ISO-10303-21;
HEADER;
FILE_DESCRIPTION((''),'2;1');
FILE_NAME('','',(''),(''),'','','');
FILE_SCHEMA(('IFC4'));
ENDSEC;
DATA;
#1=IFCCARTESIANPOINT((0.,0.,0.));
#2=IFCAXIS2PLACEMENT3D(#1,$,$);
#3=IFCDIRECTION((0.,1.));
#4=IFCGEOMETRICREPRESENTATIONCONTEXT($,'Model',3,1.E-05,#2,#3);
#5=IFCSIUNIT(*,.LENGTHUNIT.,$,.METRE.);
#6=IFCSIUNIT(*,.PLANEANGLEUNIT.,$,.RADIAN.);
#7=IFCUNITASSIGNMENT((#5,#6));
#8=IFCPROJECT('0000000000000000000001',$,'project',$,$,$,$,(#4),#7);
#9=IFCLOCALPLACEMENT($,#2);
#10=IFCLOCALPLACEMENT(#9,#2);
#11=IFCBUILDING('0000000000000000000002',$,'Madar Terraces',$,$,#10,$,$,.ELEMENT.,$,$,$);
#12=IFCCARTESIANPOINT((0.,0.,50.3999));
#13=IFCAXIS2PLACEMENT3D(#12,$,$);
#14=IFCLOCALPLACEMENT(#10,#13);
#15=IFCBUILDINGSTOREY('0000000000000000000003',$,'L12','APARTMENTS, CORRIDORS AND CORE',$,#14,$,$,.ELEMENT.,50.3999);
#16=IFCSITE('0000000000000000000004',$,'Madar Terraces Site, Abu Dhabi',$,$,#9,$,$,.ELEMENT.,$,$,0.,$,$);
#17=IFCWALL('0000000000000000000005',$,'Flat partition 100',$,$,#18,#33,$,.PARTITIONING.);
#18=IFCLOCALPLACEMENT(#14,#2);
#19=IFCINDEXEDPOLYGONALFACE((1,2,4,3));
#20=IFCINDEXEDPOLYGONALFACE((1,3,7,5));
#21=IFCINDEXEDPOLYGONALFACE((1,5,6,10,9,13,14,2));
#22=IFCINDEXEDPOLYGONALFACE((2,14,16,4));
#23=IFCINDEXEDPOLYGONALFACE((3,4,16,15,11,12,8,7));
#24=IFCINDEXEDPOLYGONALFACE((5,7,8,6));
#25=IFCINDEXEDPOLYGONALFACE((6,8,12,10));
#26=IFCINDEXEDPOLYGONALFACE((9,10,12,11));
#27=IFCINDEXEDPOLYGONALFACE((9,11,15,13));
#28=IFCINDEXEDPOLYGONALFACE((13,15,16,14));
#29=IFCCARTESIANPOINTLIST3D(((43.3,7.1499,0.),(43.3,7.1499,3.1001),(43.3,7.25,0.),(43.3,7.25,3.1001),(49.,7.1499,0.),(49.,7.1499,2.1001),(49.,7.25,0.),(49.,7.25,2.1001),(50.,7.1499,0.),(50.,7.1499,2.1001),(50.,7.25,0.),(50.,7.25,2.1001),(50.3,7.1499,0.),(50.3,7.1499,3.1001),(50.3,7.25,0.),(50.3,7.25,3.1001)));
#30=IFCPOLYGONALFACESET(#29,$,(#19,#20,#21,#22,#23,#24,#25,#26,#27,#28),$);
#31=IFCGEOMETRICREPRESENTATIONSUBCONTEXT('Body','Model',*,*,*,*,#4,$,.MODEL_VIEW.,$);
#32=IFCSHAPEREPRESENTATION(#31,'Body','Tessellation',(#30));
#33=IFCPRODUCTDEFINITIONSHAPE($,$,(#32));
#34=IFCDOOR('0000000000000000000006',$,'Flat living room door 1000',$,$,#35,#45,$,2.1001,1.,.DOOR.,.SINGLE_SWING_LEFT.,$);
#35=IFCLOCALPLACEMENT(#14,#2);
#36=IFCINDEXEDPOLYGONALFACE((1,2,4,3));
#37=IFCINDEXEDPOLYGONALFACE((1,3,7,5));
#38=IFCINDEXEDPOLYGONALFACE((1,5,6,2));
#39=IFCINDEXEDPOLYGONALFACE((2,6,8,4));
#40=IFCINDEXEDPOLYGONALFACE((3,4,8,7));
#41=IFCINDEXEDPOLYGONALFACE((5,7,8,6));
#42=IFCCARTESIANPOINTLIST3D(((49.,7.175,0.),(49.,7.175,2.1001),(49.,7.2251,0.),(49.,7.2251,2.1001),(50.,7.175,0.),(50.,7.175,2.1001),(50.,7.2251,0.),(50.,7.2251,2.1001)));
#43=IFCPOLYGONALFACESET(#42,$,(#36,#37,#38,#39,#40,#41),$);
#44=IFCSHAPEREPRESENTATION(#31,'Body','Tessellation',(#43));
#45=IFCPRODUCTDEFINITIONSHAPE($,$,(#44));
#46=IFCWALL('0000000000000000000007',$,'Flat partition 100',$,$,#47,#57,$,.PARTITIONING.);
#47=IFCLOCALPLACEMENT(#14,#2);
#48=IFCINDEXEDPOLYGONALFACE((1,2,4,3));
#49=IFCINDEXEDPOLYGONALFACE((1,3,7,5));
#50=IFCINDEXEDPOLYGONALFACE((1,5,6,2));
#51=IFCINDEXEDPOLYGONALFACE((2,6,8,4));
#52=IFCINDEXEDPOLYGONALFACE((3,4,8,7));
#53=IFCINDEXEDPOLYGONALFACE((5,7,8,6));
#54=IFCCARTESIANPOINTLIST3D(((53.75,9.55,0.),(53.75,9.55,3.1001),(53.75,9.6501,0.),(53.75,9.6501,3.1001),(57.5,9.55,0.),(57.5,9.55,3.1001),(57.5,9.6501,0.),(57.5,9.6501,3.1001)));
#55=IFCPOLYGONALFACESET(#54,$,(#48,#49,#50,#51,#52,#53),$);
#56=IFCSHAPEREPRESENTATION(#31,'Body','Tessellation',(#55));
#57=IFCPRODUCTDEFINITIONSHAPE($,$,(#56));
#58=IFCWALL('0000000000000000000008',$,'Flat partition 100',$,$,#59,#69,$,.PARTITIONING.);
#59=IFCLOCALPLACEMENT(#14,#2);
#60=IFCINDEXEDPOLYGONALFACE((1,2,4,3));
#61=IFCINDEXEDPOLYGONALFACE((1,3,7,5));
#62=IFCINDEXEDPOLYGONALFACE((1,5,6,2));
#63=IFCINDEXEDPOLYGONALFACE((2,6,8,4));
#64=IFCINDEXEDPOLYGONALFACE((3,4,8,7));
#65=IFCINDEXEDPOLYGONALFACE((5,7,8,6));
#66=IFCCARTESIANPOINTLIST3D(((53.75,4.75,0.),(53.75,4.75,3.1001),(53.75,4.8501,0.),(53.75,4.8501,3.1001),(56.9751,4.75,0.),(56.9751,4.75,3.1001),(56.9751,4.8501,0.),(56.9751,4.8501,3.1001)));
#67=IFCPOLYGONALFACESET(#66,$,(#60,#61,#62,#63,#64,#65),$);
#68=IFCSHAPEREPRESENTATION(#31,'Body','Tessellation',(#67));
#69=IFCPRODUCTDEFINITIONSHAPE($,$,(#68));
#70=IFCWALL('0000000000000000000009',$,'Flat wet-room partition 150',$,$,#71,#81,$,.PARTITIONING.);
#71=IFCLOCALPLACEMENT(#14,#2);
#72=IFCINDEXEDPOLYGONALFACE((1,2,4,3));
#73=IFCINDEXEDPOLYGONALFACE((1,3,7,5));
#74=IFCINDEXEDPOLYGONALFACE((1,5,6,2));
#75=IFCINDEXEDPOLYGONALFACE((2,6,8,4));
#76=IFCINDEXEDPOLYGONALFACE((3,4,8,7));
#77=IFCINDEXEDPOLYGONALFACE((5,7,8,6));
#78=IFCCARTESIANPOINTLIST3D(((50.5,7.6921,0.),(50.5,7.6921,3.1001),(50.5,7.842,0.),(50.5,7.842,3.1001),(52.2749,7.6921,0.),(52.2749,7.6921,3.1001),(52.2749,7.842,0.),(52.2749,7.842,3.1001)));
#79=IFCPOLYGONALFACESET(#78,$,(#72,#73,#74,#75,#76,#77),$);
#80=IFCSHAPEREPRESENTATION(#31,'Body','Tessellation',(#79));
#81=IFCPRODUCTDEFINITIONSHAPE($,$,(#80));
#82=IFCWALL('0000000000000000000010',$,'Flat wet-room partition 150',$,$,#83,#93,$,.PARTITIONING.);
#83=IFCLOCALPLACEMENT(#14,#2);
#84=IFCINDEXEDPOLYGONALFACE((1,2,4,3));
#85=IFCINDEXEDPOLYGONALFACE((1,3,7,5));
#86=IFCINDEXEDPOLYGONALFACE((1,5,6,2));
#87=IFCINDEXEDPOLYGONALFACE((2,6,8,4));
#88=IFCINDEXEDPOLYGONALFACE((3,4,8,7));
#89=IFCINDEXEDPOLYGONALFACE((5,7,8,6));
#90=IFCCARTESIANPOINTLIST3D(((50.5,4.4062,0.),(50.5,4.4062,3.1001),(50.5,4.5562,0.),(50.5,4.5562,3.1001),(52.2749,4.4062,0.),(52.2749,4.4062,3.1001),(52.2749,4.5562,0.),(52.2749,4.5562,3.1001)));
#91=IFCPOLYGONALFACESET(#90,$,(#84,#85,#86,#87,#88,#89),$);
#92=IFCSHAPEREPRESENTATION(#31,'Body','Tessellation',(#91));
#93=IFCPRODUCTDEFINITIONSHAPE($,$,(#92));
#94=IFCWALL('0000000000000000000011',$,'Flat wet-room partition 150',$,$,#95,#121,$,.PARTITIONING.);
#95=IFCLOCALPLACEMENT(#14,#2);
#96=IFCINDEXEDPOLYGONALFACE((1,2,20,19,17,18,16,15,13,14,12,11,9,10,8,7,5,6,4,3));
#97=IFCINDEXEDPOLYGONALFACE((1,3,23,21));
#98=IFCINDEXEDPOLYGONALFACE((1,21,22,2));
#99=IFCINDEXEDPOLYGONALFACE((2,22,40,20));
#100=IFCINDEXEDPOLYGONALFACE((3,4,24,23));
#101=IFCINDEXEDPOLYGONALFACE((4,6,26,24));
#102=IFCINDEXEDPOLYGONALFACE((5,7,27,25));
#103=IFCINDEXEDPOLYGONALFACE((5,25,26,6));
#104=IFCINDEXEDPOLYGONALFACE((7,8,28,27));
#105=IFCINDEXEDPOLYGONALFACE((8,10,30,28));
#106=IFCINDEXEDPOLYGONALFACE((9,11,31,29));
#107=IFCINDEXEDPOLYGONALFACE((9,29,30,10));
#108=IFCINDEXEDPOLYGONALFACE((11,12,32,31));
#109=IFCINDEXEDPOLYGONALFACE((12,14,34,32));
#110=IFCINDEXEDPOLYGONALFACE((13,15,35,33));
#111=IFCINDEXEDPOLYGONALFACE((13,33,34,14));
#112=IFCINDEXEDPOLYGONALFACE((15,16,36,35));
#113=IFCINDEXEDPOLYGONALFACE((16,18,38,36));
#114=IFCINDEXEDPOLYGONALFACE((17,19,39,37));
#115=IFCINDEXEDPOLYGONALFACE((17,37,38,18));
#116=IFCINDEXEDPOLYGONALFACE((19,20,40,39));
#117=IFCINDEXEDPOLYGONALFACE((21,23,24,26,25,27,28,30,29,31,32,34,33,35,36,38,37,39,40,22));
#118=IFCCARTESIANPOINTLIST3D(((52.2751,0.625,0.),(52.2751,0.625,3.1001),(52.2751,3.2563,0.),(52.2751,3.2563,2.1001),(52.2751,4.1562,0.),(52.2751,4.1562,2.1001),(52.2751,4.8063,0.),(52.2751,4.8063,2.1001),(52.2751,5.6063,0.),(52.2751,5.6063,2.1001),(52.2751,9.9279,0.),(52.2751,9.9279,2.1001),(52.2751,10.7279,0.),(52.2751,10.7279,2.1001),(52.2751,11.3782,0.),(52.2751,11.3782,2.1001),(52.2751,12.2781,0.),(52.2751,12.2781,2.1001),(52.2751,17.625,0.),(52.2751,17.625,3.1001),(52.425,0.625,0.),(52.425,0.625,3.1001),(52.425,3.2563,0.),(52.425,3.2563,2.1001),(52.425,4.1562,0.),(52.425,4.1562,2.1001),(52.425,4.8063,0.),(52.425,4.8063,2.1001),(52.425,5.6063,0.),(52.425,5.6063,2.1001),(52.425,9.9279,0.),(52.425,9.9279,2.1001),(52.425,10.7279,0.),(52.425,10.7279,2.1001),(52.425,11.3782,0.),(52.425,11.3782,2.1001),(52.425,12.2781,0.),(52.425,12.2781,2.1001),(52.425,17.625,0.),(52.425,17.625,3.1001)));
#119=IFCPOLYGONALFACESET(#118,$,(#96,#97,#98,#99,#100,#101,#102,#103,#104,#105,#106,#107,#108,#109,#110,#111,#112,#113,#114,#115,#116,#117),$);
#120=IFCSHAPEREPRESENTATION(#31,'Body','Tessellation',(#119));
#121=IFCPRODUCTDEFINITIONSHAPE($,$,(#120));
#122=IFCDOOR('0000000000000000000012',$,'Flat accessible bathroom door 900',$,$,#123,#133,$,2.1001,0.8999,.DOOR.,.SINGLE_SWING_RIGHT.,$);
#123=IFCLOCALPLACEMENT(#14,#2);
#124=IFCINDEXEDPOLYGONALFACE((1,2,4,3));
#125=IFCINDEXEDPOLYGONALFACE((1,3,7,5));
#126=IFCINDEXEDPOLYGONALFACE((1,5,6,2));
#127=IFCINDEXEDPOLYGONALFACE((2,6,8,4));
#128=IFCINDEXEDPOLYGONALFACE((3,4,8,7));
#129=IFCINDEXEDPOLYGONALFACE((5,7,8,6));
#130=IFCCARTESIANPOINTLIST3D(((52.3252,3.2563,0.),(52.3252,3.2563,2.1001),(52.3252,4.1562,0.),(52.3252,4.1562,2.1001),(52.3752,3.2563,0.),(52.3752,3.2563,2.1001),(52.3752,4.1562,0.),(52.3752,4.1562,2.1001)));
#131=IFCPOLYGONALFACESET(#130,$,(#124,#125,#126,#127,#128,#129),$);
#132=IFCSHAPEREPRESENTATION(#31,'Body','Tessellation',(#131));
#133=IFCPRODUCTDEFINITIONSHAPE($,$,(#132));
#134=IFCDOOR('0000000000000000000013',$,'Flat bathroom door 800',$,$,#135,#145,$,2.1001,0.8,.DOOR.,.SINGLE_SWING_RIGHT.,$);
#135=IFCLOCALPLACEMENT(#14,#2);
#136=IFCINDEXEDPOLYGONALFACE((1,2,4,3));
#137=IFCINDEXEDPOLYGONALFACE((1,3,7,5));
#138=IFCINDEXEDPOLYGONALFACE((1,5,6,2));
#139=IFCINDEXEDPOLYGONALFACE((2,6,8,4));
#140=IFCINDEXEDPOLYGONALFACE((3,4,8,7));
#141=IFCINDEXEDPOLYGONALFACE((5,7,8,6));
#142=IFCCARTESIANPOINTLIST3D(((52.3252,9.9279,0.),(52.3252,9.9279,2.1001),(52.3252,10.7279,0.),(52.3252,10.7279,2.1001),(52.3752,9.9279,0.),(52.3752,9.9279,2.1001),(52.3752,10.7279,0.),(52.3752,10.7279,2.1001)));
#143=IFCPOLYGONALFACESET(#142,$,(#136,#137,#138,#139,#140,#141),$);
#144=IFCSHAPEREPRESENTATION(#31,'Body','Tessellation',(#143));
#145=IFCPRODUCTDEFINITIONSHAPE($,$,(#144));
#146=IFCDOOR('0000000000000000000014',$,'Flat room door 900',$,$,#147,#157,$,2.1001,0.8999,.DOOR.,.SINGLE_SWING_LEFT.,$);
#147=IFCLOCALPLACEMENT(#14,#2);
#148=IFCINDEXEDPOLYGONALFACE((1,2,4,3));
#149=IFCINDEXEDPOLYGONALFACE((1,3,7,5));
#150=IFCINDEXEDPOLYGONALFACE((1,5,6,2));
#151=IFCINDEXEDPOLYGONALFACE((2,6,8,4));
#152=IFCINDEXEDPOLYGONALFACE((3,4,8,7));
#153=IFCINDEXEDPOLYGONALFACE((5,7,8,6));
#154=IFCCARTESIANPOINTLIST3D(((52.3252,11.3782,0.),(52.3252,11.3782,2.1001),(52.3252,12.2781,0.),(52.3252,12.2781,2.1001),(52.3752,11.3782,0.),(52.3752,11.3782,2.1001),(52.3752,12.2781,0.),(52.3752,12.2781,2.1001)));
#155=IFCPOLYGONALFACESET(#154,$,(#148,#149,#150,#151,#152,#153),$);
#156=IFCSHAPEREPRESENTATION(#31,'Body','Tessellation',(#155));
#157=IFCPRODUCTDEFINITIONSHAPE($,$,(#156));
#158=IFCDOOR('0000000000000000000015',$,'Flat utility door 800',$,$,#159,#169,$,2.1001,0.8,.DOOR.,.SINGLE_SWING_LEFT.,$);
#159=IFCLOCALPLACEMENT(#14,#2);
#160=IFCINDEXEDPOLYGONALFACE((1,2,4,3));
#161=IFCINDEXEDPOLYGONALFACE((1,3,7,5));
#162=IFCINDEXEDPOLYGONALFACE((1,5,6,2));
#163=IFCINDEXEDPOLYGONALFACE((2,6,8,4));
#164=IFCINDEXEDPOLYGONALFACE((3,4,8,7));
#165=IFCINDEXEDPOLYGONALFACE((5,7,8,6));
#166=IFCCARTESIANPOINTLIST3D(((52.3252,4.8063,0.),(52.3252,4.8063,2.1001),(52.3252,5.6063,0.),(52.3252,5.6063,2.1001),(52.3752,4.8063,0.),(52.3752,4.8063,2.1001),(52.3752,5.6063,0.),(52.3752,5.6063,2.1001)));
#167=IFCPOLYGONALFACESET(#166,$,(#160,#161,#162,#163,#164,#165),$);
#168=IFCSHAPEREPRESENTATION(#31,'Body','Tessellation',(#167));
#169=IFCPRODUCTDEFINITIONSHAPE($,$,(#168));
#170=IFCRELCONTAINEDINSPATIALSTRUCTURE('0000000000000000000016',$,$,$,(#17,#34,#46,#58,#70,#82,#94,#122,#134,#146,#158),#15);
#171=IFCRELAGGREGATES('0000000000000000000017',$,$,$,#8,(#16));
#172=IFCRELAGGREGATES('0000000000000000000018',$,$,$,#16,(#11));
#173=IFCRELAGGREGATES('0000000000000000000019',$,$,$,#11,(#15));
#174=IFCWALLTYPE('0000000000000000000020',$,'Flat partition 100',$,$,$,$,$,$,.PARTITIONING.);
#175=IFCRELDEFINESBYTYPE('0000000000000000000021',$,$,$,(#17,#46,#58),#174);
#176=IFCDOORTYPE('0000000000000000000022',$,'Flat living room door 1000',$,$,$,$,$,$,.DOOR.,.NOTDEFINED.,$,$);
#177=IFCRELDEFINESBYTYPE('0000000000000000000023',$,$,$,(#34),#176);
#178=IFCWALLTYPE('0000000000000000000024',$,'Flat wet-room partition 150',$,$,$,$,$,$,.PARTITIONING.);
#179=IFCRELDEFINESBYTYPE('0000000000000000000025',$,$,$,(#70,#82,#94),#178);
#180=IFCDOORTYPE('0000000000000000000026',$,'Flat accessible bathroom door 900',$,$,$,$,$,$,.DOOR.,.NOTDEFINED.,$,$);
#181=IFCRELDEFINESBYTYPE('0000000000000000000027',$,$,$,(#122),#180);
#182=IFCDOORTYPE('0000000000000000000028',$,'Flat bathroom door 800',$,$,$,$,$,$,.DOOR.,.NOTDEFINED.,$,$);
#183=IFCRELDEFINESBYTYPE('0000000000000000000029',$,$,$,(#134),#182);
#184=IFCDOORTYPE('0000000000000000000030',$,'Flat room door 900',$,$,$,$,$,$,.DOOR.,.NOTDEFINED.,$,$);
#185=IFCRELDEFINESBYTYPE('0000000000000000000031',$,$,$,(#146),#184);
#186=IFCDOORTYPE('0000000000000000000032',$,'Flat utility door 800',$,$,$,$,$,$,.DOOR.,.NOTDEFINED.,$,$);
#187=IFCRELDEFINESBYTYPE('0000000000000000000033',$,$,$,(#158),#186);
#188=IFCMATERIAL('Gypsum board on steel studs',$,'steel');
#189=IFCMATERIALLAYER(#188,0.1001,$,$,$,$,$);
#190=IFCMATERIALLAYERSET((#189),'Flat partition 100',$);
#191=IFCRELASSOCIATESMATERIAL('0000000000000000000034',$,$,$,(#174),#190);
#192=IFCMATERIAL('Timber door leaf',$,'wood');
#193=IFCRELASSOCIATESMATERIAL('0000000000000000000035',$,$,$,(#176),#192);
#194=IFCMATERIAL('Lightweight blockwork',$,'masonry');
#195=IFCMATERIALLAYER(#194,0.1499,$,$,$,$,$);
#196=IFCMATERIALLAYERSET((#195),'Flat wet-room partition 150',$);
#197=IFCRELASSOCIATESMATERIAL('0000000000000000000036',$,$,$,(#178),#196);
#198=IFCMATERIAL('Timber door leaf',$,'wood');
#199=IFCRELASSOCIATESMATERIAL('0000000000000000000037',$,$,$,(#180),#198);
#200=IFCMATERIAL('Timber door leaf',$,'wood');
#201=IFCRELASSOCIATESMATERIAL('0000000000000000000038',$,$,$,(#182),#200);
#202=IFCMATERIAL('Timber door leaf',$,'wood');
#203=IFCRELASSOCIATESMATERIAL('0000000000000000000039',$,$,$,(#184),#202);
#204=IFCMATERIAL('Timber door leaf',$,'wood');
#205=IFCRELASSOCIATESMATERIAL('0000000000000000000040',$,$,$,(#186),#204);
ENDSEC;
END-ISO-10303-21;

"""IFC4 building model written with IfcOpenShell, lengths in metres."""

from ifc_helpers import new_model, si_unit, direction, frame, frame_2d, origin, place, context, subcontext, project, spatial, rectangle, extrude, material, layer, layer_set, type_object, element, fill, save


model = new_model("IFC4")

# Units and contexts
model_context = context("Model", 3, precision=1e-05, world=origin(), true_north=direction((0.0, 1.0)))
body_context = subcontext(model_context, "Body", "Model", "MODEL_VIEW")
ifc_project = project(units=[si_unit("LENGTHUNIT", "METRE"), si_unit("PLANEANGLEUNIT", "RADIAN")], contexts=[model_context])

# Site, building, storey
site_placement = place(None, origin())
site = spatial("IfcSite", under=ifc_project, at=site_placement, Name="Madar Terraces Site, Abu Dhabi", CompositionType="ELEMENT", RefElevation=0.0)
building_placement = place(site_placement, origin())
building = spatial("IfcBuilding", under=site, at=building_placement, Name="Madar Terraces", CompositionType="ELEMENT")
storey_placement = place(building_placement, frame((0.0, 0.0, 50.3999)))
storey = spatial("IfcBuildingStorey", under=building, at=storey_placement, Name="L12", Description="APARTMENTS, CORRIDORS AND CORE", CompositionType="ELEMENT", Elevation=50.3999)

# Wall, opening, door
ifc_material_1 = material(Name="Gypsum board on steel studs", Category="steel")
ifc_layer_1 = layer(ifc_material_1, 0.1001)
ifc_layer_set_1 = layer_set([ifc_layer_1], Name="Flat partition 100")
wall_type_1 = type_object("IfcWallType", Name="Flat partition 100", PredefinedType="PARTITIONING", material=ifc_layer_set_1)
wall_1_placement = place(storey_placement, frame((50.3, 7.2, 0.0), z_axis=(0.0, 0.0, 1.0), x_axis=(-1.0, 0.0, 0.0)))
wall_1 = element("IfcWall", 1, at=wall_1_placement, inside=storey, type_object=wall_type_1, Name="Flat partition 100", PredefinedType="PARTITIONING", context=body_context, shape_type="SweptSolid", body=[
    extrude(rectangle(XDim=7.0, YDim=0.1001, at=frame_2d((3.5, 0.0))), origin(), (0.0, 0.0, 1.0), 3.1001),
])
opening_1_placement = place(wall_1_placement, frame((0.3, 0.0, 0.0)))
opening_1 = element("IfcOpeningElement", 2, at=opening_1_placement, cuts=wall_1, PredefinedType="OPENING", context=body_context, shape_type="SweptSolid", body=[
    extrude(rectangle(XDim=1.0, YDim=2.1001, at=frame_2d((0.5, 1.05))), frame((0.0, 0.0601, 0.0), z_axis=(0.0, -1.0, 0.0), x_axis=(1.0, 0.0, 0.0)), (0.0, 0.0, 1.0), 0.1201),
])
ifc_material_2 = material(Name="Timber door leaf", Category="wood")
door_type_1 = type_object("IfcDoorType", Name="Flat living room door 1000", OperationType="NOTDEFINED", PredefinedType="DOOR", material=ifc_material_2)
door_1_placement = place(opening_1_placement, origin())
door_1 = element("IfcDoor", 3, at=door_1_placement, inside=storey, type_object=door_type_1, Name="Flat living room door 1000", OperationType="SINGLE_SWING_LEFT", OverallHeight=2.1001, OverallWidth=1.0, PredefinedType="DOOR", context=body_context, shape_type="SweptSolid", body=[
    extrude(rectangle(XDim=1.0, YDim=2.1001, at=frame_2d((0.5, 1.05))), frame((0.0, 0.0249, 0.0), z_axis=(0.0, -1.0, 0.0), x_axis=(1.0, 0.0, 0.0)), (0.0, 0.0, 1.0), 0.05),
])
fill(opening_1, door_1)

# Walls
wall_2_placement = place(storey_placement, frame((53.75, 9.6001, 0.0), z_axis=(0.0, 0.0, 1.0), x_axis=(1.0, 0.0, 0.0)))
element("IfcWall", 4, at=wall_2_placement, inside=storey, type_object=wall_type_1, Name="Flat partition 100", PredefinedType="PARTITIONING", context=body_context, shape_type="SweptSolid", body=[
    extrude(rectangle(XDim=3.75, YDim=0.1001, at=frame_2d((1.875, 0.0))), origin(), (0.0, 0.0, 1.0), 3.1001),
])
wall_3_placement = place(storey_placement, frame((53.75, 4.8, 0.0), z_axis=(0.0, 0.0, 1.0), x_axis=(1.0, 0.0, 0.0)))
element("IfcWall", 5, at=wall_3_placement, inside=storey, type_object=wall_type_1, Name="Flat partition 100", PredefinedType="PARTITIONING", context=body_context, shape_type="SweptSolid", body=[
    extrude(rectangle(XDim=3.2251, YDim=0.1001, at=frame_2d((1.6125, 0.0))), origin(), (0.0, 0.0, 1.0), 3.1001),
])
ifc_material_3 = material(Name="Lightweight blockwork", Category="masonry")
ifc_layer_2 = layer(ifc_material_3, 0.1499)
ifc_layer_set_2 = layer_set([ifc_layer_2], Name="Flat wet-room partition 150")
wall_type_2 = type_object("IfcWallType", Name="Flat wet-room partition 150", PredefinedType="PARTITIONING", material=ifc_layer_set_2)
for number, where, z_axis, x_axis, name in (
    (6, (50.5, 7.7671, 0.0), (0.0, 0.0, 1.0), (1.0, 0.0, 0.0), "Flat wet-room partition 150"),
    (7, (50.5, 4.4812, 0.0), (0.0, 0.0, 1.0), (1.0, 0.0, 0.0), "Flat wet-room partition 150"),
):
    element("IfcWall", number, at=place(storey_placement, frame(where, z_axis=z_axis, x_axis=x_axis)), inside=storey, type_object=wall_type_2, Name=name, PredefinedType="PARTITIONING", context=body_context, shape_type="SweptSolid", body=[
        extrude(rectangle(XDim=1.7749, YDim=0.1499, at=frame_2d((0.8875, 0.0))), origin(), (0.0, 0.0, 1.0), 3.1001),
    ])

# Wall, openings, doors
wall_4_placement = place(storey_placement, frame((52.3501, 0.625, 0.0), z_axis=(0.0, 0.0, 1.0), x_axis=(0.0, 1.0, 0.0)))
wall_4 = element("IfcWall", 8, at=wall_4_placement, inside=storey, type_object=wall_type_2, Name="Flat wet-room partition 150", PredefinedType="PARTITIONING", context=body_context, shape_type="SweptSolid", body=[
    extrude(rectangle(XDim=17.0, YDim=0.1499, at=frame_2d((8.5, 0.0))), origin(), (0.0, 0.0, 1.0), 3.1001),
])
opening_2_placement = place(wall_4_placement, frame((10.7532, 0.0, 0.0)))
opening_2 = element("IfcOpeningElement", 9, at=opening_2_placement, cuts=wall_4, PredefinedType="OPENING", context=body_context, shape_type="SweptSolid", body=[
    extrude(rectangle(XDim=0.8999, YDim=2.1001, at=frame_2d((0.45, 1.05))), frame((0.0, 0.085, 0.0), z_axis=(0.0, -1.0, 0.0), x_axis=(1.0, 0.0, 0.0)), (0.0, 0.0, 1.0), 0.1699),
])
opening_3_placement = place(wall_4_placement, frame((9.303, 0.0, 0.0)))
opening_3 = element("IfcOpeningElement", 10, at=opening_3_placement, cuts=wall_4, PredefinedType="OPENING", context=body_context, shape_type="SweptSolid", body=[
    extrude(rectangle(XDim=0.8, YDim=2.1001, at=frame_2d((0.3999, 1.05))), frame((0.0, 0.085, 0.0), z_axis=(0.0, -1.0, 0.0), x_axis=(1.0, 0.0, 0.0)), (0.0, 0.0, 1.0), 0.1699),
])
opening_4_placement = place(wall_4_placement, frame((4.1814, 0.0, 0.0)))
opening_4 = element("IfcOpeningElement", 11, at=opening_4_placement, cuts=wall_4, PredefinedType="OPENING", context=body_context, shape_type="SweptSolid", body=[
    extrude(rectangle(XDim=0.8, YDim=2.1001, at=frame_2d((0.3999, 1.05))), frame((0.0, 0.085, 0.0), z_axis=(0.0, -1.0, 0.0), x_axis=(1.0, 0.0, 0.0)), (0.0, 0.0, 1.0), 0.1699),
])
opening_5_placement = place(wall_4_placement, frame((2.6313, 0.0, 0.0)))
opening_5 = element("IfcOpeningElement", 12, at=opening_5_placement, cuts=wall_4, PredefinedType="OPENING", context=body_context, shape_type="SweptSolid", body=[
    extrude(rectangle(XDim=0.8999, YDim=2.1001, at=frame_2d((0.45, 1.05))), frame((0.0, 0.085, 0.0), z_axis=(0.0, -1.0, 0.0), x_axis=(1.0, 0.0, 0.0)), (0.0, 0.0, 1.0), 0.1699),
])
ifc_material_4 = material(Name="Timber door leaf", Category="wood")
door_type_2 = type_object("IfcDoorType", Name="Flat accessible bathroom door 900", OperationType="NOTDEFINED", PredefinedType="DOOR", material=ifc_material_4)
door_2_placement = place(opening_5_placement, origin())
door_2 = element("IfcDoor", 13, at=door_2_placement, inside=storey, type_object=door_type_2, Name="Flat accessible bathroom door 900", OperationType="SINGLE_SWING_RIGHT", OverallHeight=2.1001, OverallWidth=0.8999, PredefinedType="DOOR", context=body_context, shape_type="SweptSolid", body=[
    extrude(rectangle(XDim=0.8999, YDim=2.1001, at=frame_2d((0.45, 1.05))), frame((0.0, 0.0249, 0.0), z_axis=(0.0, -1.0, 0.0), x_axis=(1.0, 0.0, 0.0)), (0.0, 0.0, 1.0), 0.05),
])
fill(opening_5, door_2)
ifc_material_5 = material(Name="Timber door leaf", Category="wood")
door_type_3 = type_object("IfcDoorType", Name="Flat bathroom door 800", OperationType="NOTDEFINED", PredefinedType="DOOR", material=ifc_material_5)
door_3_placement = place(opening_3_placement, origin())
door_3 = element("IfcDoor", 14, at=door_3_placement, inside=storey, type_object=door_type_3, Name="Flat bathroom door 800", OperationType="SINGLE_SWING_RIGHT", OverallHeight=2.1001, OverallWidth=0.8, PredefinedType="DOOR", context=body_context, shape_type="SweptSolid", body=[
    extrude(rectangle(XDim=0.8, YDim=2.1001, at=frame_2d((0.3999, 1.05))), frame((0.0, 0.0249, 0.0), z_axis=(0.0, -1.0, 0.0), x_axis=(1.0, 0.0, 0.0)), (0.0, 0.0, 1.0), 0.05),
])
fill(opening_3, door_3)
ifc_material_6 = material(Name="Timber door leaf", Category="wood")
door_type_4 = type_object("IfcDoorType", Name="Flat room door 900", OperationType="NOTDEFINED", PredefinedType="DOOR", material=ifc_material_6)
door_4_placement = place(opening_2_placement, origin())
door_4 = element("IfcDoor", 15, at=door_4_placement, inside=storey, type_object=door_type_4, Name="Flat room door 900", OperationType="SINGLE_SWING_LEFT", OverallHeight=2.1001, OverallWidth=0.8999, PredefinedType="DOOR", context=body_context, shape_type="SweptSolid", body=[
    extrude(rectangle(XDim=0.8999, YDim=2.1001, at=frame_2d((0.45, 1.05))), frame((0.0, 0.0249, 0.0), z_axis=(0.0, -1.0, 0.0), x_axis=(1.0, 0.0, 0.0)), (0.0, 0.0, 1.0), 0.05),
])
fill(opening_2, door_4)
ifc_material_7 = material(Name="Timber door leaf", Category="wood")
door_type_5 = type_object("IfcDoorType", Name="Flat utility door 800", OperationType="NOTDEFINED", PredefinedType="DOOR", material=ifc_material_7)
door_5_placement = place(opening_4_placement, origin())
door_5 = element("IfcDoor", 16, at=door_5_placement, inside=storey, type_object=door_type_5, Name="Flat utility door 800", OperationType="SINGLE_SWING_LEFT", OverallHeight=2.1001, OverallWidth=0.8, PredefinedType="DOOR", context=body_context, shape_type="SweptSolid", body=[
    extrude(rectangle(XDim=0.8, YDim=2.1001, at=frame_2d((0.3999, 1.05))), frame((0.0, 0.0249, 0.0), z_axis=(0.0, -1.0, 0.0), x_axis=(1.0, 0.0, 0.0)), (0.0, 0.0, 1.0), 0.05),
])
fill(opening_4, door_5)

save(model, "model.ifc")
